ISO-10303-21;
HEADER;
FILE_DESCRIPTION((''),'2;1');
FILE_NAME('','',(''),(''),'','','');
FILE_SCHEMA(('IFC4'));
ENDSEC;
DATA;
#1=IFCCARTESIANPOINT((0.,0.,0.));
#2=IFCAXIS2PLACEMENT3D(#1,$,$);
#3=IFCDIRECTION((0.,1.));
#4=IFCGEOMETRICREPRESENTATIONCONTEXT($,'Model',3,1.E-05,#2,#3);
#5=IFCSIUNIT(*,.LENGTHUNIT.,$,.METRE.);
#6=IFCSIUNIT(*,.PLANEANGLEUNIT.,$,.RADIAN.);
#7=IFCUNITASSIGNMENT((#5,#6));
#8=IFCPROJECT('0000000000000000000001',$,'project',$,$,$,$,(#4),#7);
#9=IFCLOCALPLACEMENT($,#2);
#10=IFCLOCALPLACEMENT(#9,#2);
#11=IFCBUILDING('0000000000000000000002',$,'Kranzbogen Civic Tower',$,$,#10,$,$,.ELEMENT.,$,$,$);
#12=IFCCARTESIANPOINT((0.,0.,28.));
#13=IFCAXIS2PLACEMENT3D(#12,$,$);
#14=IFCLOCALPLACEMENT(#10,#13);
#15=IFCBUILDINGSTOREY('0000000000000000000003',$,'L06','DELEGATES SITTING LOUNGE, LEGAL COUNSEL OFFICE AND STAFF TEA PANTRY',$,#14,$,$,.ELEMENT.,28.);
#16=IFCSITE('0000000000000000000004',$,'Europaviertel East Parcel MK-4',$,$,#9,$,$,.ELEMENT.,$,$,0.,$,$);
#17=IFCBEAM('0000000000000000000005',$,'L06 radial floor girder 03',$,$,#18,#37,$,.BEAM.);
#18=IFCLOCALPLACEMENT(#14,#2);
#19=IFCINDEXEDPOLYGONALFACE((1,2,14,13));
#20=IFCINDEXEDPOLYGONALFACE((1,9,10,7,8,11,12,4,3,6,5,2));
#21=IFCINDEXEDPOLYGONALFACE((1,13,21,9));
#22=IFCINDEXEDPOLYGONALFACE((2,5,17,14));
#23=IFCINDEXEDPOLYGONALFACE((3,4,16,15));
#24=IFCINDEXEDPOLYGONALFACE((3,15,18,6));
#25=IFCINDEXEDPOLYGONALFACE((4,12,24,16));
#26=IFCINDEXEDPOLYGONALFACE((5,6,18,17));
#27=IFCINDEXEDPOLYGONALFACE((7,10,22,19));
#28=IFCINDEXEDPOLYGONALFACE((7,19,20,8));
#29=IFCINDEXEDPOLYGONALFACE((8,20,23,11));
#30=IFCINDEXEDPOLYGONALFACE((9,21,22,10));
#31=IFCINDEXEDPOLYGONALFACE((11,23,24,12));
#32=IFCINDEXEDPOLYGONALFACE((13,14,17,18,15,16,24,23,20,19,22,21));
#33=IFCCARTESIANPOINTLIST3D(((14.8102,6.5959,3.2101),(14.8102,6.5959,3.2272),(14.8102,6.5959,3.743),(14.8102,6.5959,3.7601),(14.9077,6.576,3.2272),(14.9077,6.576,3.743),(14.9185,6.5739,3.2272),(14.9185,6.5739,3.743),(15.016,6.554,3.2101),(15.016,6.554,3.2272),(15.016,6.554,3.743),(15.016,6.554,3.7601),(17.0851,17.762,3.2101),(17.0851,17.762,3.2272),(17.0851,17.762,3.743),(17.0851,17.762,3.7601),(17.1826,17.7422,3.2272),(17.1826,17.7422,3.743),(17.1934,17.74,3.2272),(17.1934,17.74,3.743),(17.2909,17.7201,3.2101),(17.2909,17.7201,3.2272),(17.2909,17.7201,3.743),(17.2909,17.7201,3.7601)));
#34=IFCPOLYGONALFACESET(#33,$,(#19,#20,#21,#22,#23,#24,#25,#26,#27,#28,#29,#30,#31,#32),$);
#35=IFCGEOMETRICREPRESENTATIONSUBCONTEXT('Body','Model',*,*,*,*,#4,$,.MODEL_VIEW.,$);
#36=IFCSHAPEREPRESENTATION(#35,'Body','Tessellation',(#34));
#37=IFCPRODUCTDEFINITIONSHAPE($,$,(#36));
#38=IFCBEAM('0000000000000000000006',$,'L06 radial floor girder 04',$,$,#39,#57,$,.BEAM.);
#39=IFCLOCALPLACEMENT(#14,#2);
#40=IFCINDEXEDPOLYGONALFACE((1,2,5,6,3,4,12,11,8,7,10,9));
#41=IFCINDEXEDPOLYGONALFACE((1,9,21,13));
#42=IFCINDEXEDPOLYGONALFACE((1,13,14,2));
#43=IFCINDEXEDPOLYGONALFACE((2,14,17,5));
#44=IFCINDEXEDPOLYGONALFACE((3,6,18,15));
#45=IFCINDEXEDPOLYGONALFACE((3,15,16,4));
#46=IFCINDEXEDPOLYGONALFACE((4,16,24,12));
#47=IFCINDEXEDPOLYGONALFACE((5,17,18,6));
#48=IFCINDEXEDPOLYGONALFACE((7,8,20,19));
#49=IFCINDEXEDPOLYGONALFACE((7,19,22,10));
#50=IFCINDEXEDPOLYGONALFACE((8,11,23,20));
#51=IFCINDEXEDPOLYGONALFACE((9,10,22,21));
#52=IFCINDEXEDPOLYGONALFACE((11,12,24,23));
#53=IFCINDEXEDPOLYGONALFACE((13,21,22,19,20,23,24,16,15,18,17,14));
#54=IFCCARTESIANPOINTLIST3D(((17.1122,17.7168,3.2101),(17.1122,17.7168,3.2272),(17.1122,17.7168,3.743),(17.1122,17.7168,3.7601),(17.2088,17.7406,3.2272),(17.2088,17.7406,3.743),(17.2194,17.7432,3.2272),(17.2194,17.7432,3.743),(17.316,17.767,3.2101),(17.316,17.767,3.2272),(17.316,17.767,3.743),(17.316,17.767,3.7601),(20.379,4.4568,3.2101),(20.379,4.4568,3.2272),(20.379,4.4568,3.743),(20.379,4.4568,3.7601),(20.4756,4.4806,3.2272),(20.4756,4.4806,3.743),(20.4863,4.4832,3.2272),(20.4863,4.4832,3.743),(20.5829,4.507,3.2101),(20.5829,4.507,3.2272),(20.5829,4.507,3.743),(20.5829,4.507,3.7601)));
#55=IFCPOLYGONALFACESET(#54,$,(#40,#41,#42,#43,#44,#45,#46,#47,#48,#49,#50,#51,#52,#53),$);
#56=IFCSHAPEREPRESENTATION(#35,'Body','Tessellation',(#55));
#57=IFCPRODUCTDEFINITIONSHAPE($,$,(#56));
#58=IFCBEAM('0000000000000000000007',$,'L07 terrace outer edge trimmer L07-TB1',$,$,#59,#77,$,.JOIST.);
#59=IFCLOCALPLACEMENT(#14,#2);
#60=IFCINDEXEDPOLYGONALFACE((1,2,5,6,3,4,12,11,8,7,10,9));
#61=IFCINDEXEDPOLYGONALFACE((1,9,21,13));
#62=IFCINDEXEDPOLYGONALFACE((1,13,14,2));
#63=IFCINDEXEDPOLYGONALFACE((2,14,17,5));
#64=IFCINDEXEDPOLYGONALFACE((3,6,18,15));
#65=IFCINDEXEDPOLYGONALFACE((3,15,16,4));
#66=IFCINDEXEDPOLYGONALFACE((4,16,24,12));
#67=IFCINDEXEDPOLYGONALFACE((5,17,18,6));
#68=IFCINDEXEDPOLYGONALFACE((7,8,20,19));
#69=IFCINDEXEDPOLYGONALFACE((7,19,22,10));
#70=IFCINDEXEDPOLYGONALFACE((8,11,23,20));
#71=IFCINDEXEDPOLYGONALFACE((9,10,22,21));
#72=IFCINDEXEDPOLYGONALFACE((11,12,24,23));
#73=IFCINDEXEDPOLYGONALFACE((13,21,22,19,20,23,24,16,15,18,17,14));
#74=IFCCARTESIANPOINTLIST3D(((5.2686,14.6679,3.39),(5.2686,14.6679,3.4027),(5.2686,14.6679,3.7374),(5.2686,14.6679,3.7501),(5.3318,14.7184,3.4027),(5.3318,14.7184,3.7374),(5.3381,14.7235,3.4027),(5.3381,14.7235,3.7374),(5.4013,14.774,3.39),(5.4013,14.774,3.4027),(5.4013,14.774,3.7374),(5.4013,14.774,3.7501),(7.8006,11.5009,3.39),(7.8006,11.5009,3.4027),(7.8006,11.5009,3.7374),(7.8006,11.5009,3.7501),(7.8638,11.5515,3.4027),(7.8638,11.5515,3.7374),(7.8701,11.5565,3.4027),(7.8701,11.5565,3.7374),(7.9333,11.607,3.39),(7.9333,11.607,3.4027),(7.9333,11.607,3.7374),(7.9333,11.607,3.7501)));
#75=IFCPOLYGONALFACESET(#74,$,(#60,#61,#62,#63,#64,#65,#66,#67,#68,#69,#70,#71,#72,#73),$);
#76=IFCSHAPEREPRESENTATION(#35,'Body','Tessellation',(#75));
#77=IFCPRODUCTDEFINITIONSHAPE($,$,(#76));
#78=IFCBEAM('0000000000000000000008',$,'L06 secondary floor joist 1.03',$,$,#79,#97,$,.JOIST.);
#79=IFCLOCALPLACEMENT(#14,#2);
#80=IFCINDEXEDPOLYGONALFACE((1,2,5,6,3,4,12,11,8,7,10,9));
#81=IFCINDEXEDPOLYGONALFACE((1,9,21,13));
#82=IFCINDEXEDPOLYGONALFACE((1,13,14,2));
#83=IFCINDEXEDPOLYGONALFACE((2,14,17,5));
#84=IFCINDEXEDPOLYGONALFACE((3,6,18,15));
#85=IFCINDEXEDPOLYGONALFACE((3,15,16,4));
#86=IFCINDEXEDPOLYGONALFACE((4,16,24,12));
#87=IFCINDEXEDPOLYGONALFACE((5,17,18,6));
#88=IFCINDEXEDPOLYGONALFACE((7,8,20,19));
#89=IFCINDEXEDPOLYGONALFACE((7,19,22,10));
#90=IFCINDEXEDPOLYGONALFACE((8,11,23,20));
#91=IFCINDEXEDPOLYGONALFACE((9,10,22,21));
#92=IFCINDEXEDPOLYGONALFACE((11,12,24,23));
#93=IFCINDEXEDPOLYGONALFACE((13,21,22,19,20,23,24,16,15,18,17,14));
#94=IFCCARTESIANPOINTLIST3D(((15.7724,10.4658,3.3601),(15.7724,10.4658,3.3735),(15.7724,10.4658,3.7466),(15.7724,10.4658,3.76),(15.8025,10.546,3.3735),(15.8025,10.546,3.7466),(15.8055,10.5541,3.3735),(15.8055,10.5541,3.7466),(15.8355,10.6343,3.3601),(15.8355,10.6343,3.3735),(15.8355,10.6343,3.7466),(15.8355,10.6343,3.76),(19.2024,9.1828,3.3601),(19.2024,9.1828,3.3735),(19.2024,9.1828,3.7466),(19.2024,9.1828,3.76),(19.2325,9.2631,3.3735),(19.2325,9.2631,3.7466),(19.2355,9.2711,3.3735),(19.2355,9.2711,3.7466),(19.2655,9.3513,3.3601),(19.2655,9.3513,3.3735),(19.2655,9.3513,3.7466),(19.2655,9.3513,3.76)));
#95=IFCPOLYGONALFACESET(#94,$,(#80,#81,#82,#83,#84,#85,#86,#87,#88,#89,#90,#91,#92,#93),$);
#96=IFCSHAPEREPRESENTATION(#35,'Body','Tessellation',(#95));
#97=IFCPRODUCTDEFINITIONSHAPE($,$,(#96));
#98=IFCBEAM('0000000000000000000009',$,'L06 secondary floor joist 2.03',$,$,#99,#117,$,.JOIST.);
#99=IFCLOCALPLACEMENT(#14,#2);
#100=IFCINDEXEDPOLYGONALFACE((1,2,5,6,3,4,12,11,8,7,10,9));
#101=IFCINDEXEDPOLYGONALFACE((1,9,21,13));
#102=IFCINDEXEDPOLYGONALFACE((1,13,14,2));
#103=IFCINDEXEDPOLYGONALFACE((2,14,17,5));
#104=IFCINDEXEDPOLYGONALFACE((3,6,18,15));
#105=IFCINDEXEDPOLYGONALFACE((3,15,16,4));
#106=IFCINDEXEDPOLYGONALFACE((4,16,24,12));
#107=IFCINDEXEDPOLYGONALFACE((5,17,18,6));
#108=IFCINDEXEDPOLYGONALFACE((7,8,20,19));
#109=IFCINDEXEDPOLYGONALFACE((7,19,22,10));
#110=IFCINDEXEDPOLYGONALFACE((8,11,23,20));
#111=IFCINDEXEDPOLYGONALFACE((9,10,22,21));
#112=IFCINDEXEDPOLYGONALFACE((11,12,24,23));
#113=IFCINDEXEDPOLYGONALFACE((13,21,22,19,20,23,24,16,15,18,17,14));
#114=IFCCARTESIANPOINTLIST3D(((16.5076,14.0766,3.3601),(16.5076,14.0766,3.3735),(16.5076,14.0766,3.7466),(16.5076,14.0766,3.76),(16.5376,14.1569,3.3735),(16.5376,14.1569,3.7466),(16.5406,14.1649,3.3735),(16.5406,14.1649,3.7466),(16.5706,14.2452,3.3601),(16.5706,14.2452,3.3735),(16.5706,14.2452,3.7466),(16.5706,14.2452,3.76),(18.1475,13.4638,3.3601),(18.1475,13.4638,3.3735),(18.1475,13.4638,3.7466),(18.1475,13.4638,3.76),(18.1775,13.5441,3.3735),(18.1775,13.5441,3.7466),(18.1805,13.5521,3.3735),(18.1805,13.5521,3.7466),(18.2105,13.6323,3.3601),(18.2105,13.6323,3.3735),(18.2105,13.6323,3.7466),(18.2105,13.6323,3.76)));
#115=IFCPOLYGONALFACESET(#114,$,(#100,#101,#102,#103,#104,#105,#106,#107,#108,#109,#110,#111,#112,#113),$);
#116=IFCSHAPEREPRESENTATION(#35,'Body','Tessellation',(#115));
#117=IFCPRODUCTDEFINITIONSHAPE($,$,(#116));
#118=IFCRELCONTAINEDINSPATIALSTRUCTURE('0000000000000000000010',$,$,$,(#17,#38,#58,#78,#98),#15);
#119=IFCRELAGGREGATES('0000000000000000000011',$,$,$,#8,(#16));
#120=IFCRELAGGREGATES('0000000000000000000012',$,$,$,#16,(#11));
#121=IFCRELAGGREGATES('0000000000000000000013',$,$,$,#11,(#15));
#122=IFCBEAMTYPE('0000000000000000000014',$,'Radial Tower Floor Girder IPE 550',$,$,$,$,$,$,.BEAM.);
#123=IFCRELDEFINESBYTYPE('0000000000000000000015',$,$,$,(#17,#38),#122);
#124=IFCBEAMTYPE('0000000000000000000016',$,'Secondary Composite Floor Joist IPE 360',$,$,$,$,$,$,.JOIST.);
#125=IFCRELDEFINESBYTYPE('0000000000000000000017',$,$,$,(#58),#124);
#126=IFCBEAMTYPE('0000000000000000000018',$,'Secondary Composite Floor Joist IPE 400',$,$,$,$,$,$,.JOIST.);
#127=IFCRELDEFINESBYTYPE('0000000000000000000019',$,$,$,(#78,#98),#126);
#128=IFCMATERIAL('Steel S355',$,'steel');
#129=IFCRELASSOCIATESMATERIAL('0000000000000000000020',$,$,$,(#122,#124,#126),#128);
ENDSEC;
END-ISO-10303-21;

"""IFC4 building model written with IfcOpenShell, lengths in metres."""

from ifc_helpers import new_model, si_unit, direction, frame, origin, origin_2d, place, context, subcontext, project, spatial, i_section, extrude, material, material_profile, profile_set, type_object, element, save


model = new_model("IFC4")

# Units and contexts
model_context = context("Model", 3, precision=1e-05, world=origin(), true_north=direction((0.0, 1.0)))
body_context = subcontext(model_context, "Body", "Model", "MODEL_VIEW")
ifc_project = project(units=[si_unit("LENGTHUNIT", "METRE"), si_unit("PLANEANGLEUNIT", "RADIAN")], contexts=[model_context])

# Site, building, storey
site_placement = place(None, origin())
site = spatial("IfcSite", under=ifc_project, at=site_placement, Name="Europaviertel East Parcel MK-4", CompositionType="ELEMENT", RefElevation=0.0)
building_placement = place(site_placement, origin())
building = spatial("IfcBuilding", under=site, at=building_placement, Name="Kranzbogen Civic Tower", CompositionType="ELEMENT")
storey_placement = place(building_placement, frame((0.0, 0.0, 28.0)))
storey = spatial("IfcBuildingStorey", under=building, at=storey_placement, Name="L06", Description="DELEGATES SITTING LOUNGE, LEGAL COUNSEL OFFICE AND STAFF TEA PANTRY", CompositionType="ELEMENT", Elevation=28.0)

# Beams
ifc_material_1 = material(Name="Steel S355", Category="steel")
ifc_material_profile_1 = material_profile(ifc_material_1, i_section(OverallWidth=0.21, OverallDepth=0.55, WebThickness=0.011, FlangeThickness=0.0171, at=origin_2d()), Name="IPE 550")
ifc_profile_set_1 = profile_set([ifc_material_profile_1], Name="Steel S355")
beam_type_1 = type_object("IfcBeamType", Name="Radial Tower Floor Girder IPE 550", PredefinedType="BEAM", material=ifc_profile_set_1)
beam_1_placement = place(storey_placement, frame((14.9131, 6.575, 3.4851), z_axis=(0.199633, 0.979871, 0.0), x_axis=(-0.979871, 0.199633, 0.0)))
element("IfcBeam", 1, at=beam_1_placement, inside=storey, type_object=beam_type_1, Name="L06 radial floor girder 03", PredefinedType="BEAM", context=body_context, shape_type="SweptSolid", body=[
    extrude(i_section(OverallWidth=0.21, OverallDepth=0.55, WebThickness=0.011, FlangeThickness=0.0171, at=origin_2d()), origin(), (0.0, 0.0, 1.0), 11.3955),
])
beam_2_placement = place(storey_placement, frame((20.481, 4.4819, 3.4851), z_axis=(-0.239215, 0.970967, 0.0), x_axis=(-0.970967, -0.239215, 0.0)))
element("IfcBeam", 2, at=beam_2_placement, inside=storey, type_object=beam_type_1, Name="L06 radial floor girder 04", PredefinedType="BEAM", context=body_context, shape_type="SweptSolid", body=[
    extrude(i_section(OverallWidth=0.21, OverallDepth=0.55, WebThickness=0.011, FlangeThickness=0.0171, at=origin_2d()), origin(), (0.0, 0.0, 1.0), 13.6565),
])
ifc_material_profile_2 = material_profile(ifc_material_1, i_section(OverallWidth=0.1699, OverallDepth=0.3601, WebThickness=0.0081, FlangeThickness=0.0127, at=origin_2d()), Name="IPE 360")
ifc_profile_set_2 = profile_set([ifc_material_profile_2], Name="Steel S355")
beam_type_2 = type_object("IfcBeamType", Name="Secondary Composite Floor Joist IPE 360", PredefinedType="JOIST", material=ifc_profile_set_2)
beam_3_placement = place(storey_placement, frame((5.335, 14.7209, 3.5701), z_axis=(0.624453, -0.781063, 0.0), x_axis=(0.781063, 0.624453, 0.0)))
element("IfcBeam", 3, at=beam_3_placement, inside=storey, type_object=beam_type_2, Name="L07 terrace outer edge trimmer L07-TB1", PredefinedType="JOIST", context=body_context, shape_type="SweptSolid", body=[
    extrude(i_section(OverallWidth=0.1699, OverallDepth=0.3601, WebThickness=0.0081, FlangeThickness=0.0127, at=origin_2d()), origin(), (0.0, 0.0, 1.0), 4.0547),
])
ifc_material_profile_3 = material_profile(ifc_material_1, i_section(OverallWidth=0.1799, OverallDepth=0.3999, WebThickness=0.0085, FlangeThickness=0.0134, at=origin_2d()), Name="IPE 400")
ifc_profile_set_3 = profile_set([ifc_material_profile_3], Name="Steel S355")
beam_type_3 = type_object("IfcBeamType", Name="Secondary Composite Floor Joist IPE 400", PredefinedType="JOIST", material=ifc_profile_set_3)
beam_4_placement = place(storey_placement, frame((15.804, 10.55, 3.5601), z_axis=(0.936622, -0.350342, 0.0), x_axis=(0.350342, 0.936622, 0.0)))
element("IfcBeam", 4, at=beam_4_placement, inside=storey, type_object=beam_type_3, Name="L06 secondary floor joist 1.03", PredefinedType="JOIST", context=body_context, shape_type="SweptSolid", body=[
    extrude(i_section(OverallWidth=0.1799, OverallDepth=0.3999, WebThickness=0.0085, FlangeThickness=0.0134, at=origin_2d()), origin(), (0.0, 0.0, 1.0), 3.6621),
])
beam_5_placement = place(storey_placement, frame((16.5391, 14.1609, 3.5601), z_axis=(0.936735, -0.350038, 0.0), x_axis=(0.350038, 0.936735, 0.0)))
element("IfcBeam", 5, at=beam_5_placement, inside=storey, type_object=beam_type_3, Name="L06 secondary floor joist 2.03", PredefinedType="JOIST", context=body_context, shape_type="SweptSolid", body=[
    extrude(i_section(OverallWidth=0.1799, OverallDepth=0.3999, WebThickness=0.0085, FlangeThickness=0.0134, at=origin_2d()), origin(), (0.0, 0.0, 1.0), 1.7507),
])

save(model, "model.ifc")
